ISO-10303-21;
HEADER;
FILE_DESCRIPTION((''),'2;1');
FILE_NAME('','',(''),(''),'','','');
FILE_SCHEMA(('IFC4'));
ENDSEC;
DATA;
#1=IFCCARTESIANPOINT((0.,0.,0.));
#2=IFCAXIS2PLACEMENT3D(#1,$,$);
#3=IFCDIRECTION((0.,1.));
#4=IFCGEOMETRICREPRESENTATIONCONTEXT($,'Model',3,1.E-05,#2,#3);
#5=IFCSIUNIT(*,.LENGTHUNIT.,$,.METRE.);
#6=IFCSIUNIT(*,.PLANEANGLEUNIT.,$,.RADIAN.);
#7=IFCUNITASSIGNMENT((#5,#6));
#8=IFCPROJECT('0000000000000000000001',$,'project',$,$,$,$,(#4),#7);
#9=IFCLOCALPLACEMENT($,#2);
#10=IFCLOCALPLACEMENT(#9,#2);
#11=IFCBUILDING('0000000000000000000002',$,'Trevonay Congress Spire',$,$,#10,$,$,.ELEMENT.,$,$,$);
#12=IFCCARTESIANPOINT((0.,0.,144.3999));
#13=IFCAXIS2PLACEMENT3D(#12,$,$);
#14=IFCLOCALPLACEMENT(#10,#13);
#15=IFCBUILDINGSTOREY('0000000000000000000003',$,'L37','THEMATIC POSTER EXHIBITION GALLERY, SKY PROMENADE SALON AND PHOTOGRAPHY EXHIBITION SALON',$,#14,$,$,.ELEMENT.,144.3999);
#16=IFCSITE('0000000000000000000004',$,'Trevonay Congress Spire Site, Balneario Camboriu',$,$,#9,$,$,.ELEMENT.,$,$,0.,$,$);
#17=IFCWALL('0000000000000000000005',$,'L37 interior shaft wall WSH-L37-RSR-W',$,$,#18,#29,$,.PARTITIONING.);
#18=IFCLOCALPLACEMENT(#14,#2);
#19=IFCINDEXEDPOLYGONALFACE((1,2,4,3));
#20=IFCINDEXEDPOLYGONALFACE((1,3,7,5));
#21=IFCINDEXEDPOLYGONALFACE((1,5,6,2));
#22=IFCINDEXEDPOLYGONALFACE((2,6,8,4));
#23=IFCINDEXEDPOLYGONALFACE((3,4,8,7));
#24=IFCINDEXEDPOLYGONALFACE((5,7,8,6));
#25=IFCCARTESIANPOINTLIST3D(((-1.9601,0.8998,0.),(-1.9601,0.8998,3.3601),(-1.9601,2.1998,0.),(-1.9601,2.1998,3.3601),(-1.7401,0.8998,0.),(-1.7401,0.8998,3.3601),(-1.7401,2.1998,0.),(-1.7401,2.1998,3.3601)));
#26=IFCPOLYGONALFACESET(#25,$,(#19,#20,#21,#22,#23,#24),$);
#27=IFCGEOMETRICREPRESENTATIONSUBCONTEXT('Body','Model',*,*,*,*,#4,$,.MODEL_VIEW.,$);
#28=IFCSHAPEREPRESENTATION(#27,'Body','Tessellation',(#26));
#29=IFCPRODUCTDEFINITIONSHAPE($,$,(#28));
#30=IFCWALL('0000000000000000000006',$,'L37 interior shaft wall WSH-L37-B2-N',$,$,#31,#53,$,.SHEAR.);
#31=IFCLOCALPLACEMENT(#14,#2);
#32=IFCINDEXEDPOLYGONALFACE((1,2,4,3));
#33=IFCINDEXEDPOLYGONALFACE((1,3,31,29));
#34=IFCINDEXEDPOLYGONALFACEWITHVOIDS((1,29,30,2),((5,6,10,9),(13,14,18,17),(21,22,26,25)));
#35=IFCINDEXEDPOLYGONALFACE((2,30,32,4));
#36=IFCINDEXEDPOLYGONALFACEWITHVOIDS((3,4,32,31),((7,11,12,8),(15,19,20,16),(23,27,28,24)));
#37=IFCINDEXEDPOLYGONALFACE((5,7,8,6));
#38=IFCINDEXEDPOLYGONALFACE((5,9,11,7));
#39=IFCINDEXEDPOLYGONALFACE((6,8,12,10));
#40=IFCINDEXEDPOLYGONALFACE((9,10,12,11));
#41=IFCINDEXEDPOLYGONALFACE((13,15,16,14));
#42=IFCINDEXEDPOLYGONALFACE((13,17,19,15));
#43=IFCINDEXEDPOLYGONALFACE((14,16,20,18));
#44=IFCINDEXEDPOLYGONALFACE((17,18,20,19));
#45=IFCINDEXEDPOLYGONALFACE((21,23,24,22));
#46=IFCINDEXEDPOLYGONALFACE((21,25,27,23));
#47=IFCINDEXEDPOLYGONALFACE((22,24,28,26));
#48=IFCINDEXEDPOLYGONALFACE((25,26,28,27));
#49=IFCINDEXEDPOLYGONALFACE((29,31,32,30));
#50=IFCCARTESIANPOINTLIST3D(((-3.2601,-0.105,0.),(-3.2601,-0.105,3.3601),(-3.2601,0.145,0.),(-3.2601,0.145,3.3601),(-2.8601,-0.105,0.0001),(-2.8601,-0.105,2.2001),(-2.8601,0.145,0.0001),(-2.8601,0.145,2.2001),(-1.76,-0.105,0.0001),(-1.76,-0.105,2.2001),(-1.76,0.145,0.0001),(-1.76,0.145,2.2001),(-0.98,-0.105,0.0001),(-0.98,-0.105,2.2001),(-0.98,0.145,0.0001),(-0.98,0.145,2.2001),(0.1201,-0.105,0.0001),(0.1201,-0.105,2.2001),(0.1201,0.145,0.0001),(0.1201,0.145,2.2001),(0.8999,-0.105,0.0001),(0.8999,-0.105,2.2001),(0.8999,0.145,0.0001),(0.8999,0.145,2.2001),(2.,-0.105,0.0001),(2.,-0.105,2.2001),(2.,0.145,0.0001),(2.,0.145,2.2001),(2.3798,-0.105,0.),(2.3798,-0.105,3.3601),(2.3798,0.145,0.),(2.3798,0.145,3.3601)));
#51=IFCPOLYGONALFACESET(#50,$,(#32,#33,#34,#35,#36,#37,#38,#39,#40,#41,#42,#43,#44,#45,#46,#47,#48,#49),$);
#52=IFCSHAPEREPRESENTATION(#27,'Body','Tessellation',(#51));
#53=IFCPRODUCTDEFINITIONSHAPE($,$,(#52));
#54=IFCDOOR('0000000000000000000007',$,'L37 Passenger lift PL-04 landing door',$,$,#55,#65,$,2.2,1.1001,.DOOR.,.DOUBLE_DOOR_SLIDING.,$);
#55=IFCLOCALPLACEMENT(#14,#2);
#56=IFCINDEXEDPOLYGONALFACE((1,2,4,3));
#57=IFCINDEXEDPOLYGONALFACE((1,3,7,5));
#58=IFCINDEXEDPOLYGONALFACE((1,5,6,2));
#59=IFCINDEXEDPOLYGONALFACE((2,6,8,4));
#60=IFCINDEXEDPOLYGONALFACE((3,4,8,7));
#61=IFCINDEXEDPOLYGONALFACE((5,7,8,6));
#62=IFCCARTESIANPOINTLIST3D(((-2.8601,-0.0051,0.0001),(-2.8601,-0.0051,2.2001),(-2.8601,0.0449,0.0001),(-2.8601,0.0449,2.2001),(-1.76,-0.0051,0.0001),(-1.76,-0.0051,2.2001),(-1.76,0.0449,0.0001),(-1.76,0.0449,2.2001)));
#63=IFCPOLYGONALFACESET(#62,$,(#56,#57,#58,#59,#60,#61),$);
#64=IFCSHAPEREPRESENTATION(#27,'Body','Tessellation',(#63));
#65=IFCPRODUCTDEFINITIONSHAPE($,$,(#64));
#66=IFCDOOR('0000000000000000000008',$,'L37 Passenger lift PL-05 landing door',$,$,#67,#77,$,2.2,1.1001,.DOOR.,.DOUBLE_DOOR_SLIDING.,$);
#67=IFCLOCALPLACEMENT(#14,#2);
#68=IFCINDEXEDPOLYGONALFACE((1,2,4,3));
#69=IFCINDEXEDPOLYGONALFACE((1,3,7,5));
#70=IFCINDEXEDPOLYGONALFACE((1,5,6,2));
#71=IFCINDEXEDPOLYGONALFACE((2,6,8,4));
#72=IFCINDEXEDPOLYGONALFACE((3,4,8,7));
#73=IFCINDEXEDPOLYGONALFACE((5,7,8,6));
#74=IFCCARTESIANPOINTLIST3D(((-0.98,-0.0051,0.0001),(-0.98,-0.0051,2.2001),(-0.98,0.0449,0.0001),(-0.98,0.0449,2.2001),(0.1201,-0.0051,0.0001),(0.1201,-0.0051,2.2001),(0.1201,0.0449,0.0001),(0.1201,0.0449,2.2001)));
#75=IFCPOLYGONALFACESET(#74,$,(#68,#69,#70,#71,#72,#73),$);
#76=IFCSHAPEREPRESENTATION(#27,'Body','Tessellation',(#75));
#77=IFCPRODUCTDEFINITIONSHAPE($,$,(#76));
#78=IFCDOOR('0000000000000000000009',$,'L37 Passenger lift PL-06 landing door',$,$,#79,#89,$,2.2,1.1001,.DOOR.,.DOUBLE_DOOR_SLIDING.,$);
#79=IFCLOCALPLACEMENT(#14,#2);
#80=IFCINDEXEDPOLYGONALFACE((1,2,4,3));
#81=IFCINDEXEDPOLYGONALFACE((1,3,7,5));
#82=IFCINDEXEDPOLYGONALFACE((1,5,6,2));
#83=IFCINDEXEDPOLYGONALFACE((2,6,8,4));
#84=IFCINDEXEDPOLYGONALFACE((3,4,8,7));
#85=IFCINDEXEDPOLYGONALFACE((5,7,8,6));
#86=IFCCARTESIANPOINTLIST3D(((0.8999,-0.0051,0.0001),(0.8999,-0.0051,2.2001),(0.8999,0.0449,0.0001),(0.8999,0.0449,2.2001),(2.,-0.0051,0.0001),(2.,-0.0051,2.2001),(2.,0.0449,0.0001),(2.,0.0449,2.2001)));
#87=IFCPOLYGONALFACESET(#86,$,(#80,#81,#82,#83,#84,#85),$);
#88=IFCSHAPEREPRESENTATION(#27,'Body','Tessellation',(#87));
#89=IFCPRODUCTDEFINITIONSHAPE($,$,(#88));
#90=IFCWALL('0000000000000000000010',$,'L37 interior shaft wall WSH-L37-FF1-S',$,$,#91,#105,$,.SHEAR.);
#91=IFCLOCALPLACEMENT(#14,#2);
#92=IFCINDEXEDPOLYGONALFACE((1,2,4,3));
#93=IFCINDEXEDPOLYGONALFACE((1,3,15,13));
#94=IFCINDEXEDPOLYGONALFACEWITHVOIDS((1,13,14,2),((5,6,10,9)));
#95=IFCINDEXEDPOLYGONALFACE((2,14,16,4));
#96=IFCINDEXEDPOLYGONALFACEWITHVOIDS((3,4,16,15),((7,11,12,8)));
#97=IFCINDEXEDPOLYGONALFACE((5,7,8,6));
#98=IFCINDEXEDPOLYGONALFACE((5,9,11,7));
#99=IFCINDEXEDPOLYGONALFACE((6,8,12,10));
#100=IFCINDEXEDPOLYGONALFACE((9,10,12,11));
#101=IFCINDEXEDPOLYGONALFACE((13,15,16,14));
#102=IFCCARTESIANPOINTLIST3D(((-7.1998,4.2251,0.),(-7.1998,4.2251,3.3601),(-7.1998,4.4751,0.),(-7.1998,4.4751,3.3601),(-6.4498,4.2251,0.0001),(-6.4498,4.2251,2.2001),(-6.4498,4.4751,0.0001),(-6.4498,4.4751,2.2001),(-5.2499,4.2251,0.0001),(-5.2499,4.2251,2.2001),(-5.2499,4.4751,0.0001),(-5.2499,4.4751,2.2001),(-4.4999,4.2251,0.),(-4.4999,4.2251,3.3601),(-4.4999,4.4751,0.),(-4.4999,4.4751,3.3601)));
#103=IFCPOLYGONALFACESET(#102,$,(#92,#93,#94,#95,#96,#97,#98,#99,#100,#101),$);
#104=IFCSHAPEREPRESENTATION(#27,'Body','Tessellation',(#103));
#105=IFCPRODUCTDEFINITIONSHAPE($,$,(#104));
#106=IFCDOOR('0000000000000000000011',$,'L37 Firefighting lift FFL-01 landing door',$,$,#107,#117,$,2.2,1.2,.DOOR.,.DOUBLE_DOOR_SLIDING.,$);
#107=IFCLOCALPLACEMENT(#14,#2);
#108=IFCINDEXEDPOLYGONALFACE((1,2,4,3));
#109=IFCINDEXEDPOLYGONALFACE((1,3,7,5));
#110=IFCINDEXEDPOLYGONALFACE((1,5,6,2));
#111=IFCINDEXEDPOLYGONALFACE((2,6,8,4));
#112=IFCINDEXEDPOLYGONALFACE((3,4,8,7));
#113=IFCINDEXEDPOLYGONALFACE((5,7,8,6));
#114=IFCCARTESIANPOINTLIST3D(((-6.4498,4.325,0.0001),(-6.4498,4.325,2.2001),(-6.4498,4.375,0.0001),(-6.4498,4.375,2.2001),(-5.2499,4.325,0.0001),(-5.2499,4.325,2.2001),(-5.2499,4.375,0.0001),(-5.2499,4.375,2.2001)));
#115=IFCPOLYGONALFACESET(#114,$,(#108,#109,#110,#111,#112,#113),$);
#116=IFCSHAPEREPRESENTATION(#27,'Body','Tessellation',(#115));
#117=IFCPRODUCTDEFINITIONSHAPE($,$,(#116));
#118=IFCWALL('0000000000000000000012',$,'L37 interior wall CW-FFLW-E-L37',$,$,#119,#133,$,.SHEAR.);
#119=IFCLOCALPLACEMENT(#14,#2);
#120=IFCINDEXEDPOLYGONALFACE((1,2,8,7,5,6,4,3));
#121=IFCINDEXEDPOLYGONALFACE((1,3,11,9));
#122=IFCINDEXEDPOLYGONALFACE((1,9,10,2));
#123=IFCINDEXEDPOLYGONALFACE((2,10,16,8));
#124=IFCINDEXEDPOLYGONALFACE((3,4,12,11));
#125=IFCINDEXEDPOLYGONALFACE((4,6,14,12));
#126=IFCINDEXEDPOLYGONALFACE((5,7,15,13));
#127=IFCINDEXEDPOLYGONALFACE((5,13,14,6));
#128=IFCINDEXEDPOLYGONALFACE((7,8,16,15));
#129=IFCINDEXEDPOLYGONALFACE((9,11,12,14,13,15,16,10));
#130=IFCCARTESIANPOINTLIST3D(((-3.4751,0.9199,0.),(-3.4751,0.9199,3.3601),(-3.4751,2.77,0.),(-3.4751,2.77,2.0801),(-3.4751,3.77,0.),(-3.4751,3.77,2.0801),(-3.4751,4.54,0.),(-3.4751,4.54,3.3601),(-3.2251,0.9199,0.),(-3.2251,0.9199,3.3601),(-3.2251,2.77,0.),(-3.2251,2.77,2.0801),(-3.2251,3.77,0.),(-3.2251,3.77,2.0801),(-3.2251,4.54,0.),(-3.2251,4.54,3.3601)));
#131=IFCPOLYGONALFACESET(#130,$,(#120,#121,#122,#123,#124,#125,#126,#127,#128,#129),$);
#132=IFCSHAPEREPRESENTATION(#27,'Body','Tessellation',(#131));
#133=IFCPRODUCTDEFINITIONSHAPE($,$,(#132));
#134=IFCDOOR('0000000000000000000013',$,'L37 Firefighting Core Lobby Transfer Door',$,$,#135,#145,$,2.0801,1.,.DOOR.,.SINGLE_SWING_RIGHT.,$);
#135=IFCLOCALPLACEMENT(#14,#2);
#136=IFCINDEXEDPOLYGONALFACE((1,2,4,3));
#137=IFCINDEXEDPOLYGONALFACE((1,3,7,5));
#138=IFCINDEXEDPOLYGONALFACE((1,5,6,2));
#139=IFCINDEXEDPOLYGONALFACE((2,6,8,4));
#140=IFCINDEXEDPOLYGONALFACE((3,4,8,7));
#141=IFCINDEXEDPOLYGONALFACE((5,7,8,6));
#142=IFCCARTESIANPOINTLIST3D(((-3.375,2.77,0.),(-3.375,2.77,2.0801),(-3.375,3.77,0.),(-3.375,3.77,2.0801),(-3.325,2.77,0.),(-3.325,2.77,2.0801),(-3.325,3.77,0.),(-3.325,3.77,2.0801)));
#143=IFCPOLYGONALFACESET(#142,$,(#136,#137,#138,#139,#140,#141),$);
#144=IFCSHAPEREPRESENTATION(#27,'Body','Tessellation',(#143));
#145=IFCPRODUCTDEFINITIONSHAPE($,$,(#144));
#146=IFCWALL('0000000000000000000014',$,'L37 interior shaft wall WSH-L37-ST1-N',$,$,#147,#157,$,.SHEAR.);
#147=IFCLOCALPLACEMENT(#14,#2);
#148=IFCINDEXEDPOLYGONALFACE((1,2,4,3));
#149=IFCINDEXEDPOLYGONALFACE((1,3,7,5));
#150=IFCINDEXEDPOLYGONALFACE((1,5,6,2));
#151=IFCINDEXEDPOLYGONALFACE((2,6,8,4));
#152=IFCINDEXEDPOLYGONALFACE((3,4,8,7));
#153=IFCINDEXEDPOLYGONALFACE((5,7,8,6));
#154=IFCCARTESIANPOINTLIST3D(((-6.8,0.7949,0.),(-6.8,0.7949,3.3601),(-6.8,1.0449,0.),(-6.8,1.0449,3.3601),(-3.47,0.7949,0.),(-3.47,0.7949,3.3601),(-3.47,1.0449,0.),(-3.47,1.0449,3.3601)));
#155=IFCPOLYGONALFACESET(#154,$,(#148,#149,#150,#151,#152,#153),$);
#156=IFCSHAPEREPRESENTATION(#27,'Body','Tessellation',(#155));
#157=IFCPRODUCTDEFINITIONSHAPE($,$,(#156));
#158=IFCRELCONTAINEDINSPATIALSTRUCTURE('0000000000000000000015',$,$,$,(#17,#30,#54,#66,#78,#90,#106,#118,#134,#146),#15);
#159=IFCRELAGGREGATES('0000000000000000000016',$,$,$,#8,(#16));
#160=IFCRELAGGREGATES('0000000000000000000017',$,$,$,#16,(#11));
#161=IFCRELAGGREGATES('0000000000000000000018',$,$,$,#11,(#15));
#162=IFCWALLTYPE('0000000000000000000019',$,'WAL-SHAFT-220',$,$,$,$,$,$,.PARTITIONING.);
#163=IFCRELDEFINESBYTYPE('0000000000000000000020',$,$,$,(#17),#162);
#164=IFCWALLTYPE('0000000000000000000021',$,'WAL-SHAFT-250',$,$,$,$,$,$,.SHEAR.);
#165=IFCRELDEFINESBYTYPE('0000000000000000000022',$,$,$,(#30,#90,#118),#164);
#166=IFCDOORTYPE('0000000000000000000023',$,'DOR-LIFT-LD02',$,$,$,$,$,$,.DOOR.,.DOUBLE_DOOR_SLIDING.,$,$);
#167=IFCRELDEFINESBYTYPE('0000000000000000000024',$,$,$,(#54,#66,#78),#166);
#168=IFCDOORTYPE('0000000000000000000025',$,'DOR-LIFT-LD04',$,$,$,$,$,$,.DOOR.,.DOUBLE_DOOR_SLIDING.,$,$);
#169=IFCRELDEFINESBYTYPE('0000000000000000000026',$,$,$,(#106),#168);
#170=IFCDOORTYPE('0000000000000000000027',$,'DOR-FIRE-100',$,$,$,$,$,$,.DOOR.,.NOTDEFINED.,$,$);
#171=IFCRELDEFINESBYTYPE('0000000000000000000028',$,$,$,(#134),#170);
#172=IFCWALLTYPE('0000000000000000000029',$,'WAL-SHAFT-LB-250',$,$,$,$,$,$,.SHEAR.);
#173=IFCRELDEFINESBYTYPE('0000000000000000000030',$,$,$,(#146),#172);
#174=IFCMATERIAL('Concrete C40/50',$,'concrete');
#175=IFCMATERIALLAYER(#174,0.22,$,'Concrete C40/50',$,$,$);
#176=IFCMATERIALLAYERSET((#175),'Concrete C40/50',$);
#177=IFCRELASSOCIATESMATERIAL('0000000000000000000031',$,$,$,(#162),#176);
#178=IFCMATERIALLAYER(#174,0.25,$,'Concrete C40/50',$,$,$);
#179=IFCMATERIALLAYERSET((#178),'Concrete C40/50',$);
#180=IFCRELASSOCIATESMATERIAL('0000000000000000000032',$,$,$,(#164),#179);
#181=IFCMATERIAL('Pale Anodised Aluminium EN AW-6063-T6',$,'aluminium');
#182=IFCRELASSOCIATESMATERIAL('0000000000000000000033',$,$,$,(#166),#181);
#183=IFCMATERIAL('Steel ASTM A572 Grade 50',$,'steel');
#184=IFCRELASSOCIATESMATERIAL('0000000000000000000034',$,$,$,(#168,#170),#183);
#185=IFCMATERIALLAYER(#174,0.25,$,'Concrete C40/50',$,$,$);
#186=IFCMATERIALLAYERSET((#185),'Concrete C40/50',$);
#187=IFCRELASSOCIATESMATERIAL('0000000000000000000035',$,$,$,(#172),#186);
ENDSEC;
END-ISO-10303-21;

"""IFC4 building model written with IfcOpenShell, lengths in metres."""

from ifc_helpers import new_model, si_unit, direction, frame, frame_2d, origin, place, context, subcontext, project, spatial, rectangle, extrude, material, layer, layer_set, type_object, element, fill, save


model = new_model("IFC4")

# Units and contexts
model_context = context("Model", 3, precision=1e-05, world=origin(), true_north=direction((0.0, 1.0)))
body_context = subcontext(model_context, "Body", "Model", "MODEL_VIEW")
ifc_project = project(units=[si_unit("LENGTHUNIT", "METRE"), si_unit("PLANEANGLEUNIT", "RADIAN")], contexts=[model_context])

# Site, building, storey
site_placement = place(None, origin())
site = spatial("IfcSite", under=ifc_project, at=site_placement, Name="Trevonay Congress Spire Site, Balneario Camboriu", CompositionType="ELEMENT", RefElevation=0.0)
building_placement = place(site_placement, origin())
building = spatial("IfcBuilding", under=site, at=building_placement, Name="Trevonay Congress Spire", CompositionType="ELEMENT")
storey_placement = place(building_placement, frame((0.0, 0.0, 144.3999)))
storey = spatial("IfcBuildingStorey", under=building, at=storey_placement, Name="L37", Description="THEMATIC POSTER EXHIBITION GALLERY, SKY PROMENADE SALON AND PHOTOGRAPHY EXHIBITION SALON", CompositionType="ELEMENT", Elevation=144.3999)

# Shared definitions
ifc_material_1 = material(Name="Steel ASTM A572 Grade 50", Category="steel")

# Shared definitions
ifc_material_2 = material(Name="Concrete C40/50", Category="concrete")

# Wall
ifc_layer_1 = layer(ifc_material_2, 0.22, Name="Concrete C40/50")
ifc_layer_set_1 = layer_set([ifc_layer_1], Name="Concrete C40/50")
wall_type_1 = type_object("IfcWallType", Name="WAL-SHAFT-220", PredefinedType="PARTITIONING", material=ifc_layer_set_1)
for number, where, z_axis, x_axis, name in (
    (1, (-1.8501, 0.8999, 0.0), (0.0, 0.0, 1.0), (0.0, 1.0, 0.0), "L37 interior shaft wall WSH-L37-RSR-W"),
):
    element("IfcWall", number, at=place(storey_placement, frame(where, z_axis=z_axis, x_axis=x_axis)), inside=storey, type_object=wall_type_1, Name=name, PredefinedType="PARTITIONING", context=body_context, shape_type="SweptSolid", body=[
        extrude(rectangle(XDim=1.3, YDim=0.22, at=frame_2d((0.6499, 0.0))), origin(), (0.0, 0.0, 1.0), 3.3601),
    ])

# Wall, openings, doors
ifc_layer_2 = layer(ifc_material_2, 0.25, Name="Concrete C40/50")
ifc_layer_set_2 = layer_set([ifc_layer_2], Name="Concrete C40/50")
wall_type_2 = type_object("IfcWallType", Name="WAL-SHAFT-250", PredefinedType="SHEAR", material=ifc_layer_set_2)
wall_1_placement = place(storey_placement, frame((-3.26, 0.02, 0.0), z_axis=(0.0, 0.0, 1.0), x_axis=(1.0, 0.0, 0.0)))
wall_1 = element("IfcWall", 2, at=wall_1_placement, inside=storey, type_object=wall_type_2, Name="L37 interior shaft wall WSH-L37-B2-N", PredefinedType="SHEAR", context=body_context, shape_type="SweptSolid", body=[
    extrude(rectangle(XDim=5.6399, YDim=0.25, at=frame_2d((2.8198, 0.0))), origin(), (0.0, 0.0, 1.0), 3.3601),
])
opening_1_placement = place(wall_1_placement, frame((0.3999, 0.0, 0.0)))
opening_1 = element("IfcOpeningElement", 3, at=opening_1_placement, cuts=wall_1, PredefinedType="OPENING", context=body_context, shape_type="SweptSolid", body=[
    extrude(rectangle(XDim=1.1001, YDim=2.2, at=frame_2d((0.55, 1.1001))), frame((0.0, 0.135, 0.0), z_axis=(0.0, -1.0, 0.0), x_axis=(1.0, 0.0, 0.0)), (0.0, 0.0, 1.0), 0.27),
])
opening_2_placement = place(wall_1_placement, frame((2.28, 0.0, 0.0)))
opening_2 = element("IfcOpeningElement", 4, at=opening_2_placement, cuts=wall_1, PredefinedType="OPENING", context=body_context, shape_type="SweptSolid", body=[
    extrude(rectangle(XDim=1.1001, YDim=2.2, at=frame_2d((0.55, 1.1001))), frame((0.0, 0.135, 0.0), z_axis=(0.0, -1.0, 0.0), x_axis=(1.0, 0.0, 0.0)), (0.0, 0.0, 1.0), 0.27),
])
opening_3_placement = place(wall_1_placement, frame((4.1599, 0.0, 0.0)))
opening_3 = element("IfcOpeningElement", 5, at=opening_3_placement, cuts=wall_1, PredefinedType="OPENING", context=body_context, shape_type="SweptSolid", body=[
    extrude(rectangle(XDim=1.1001, YDim=2.2, at=frame_2d((0.55, 1.1001))), frame((0.0, 0.135, 0.0), z_axis=(0.0, -1.0, 0.0), x_axis=(1.0, 0.0, 0.0)), (0.0, 0.0, 1.0), 0.27),
])
ifc_material_3 = material(Name="Pale Anodised Aluminium EN AW-6063-T6", Category="aluminium")
door_type_1 = type_object("IfcDoorType", Name="DOR-LIFT-LD02", OperationType="DOUBLE_DOOR_SLIDING", PredefinedType="DOOR", material=ifc_material_3)
door_1_placement = place(opening_1_placement, origin())
door_1 = element("IfcDoor", 6, at=door_1_placement, inside=storey, type_object=door_type_1, Name="L37 Passenger lift PL-04 landing door", OperationType="DOUBLE_DOOR_SLIDING", OverallHeight=2.2, OverallWidth=1.1001, PredefinedType="DOOR", context=body_context, shape_type="SweptSolid", body=[
    extrude(rectangle(XDim=1.1001, YDim=2.2, at=frame_2d((0.55, 1.1001))), frame((0.0, 0.0249, 0.0), z_axis=(0.0, -1.0, 0.0), x_axis=(1.0, 0.0, 0.0)), (0.0, 0.0, 1.0), 0.05),
])
fill(opening_1, door_1)
door_2_placement = place(opening_2_placement, origin())
door_2 = element("IfcDoor", 7, at=door_2_placement, inside=storey, type_object=door_type_1, Name="L37 Passenger lift PL-05 landing door", OperationType="DOUBLE_DOOR_SLIDING", OverallHeight=2.2, OverallWidth=1.1001, PredefinedType="DOOR", context=body_context, shape_type="SweptSolid", body=[
    extrude(rectangle(XDim=1.1001, YDim=2.2, at=frame_2d((0.55, 1.1001))), frame((0.0, 0.0249, 0.0), z_axis=(0.0, -1.0, 0.0), x_axis=(1.0, 0.0, 0.0)), (0.0, 0.0, 1.0), 0.05),
])
fill(opening_2, door_2)
door_3_placement = place(opening_3_placement, origin())
door_3 = element("IfcDoor", 8, at=door_3_placement, inside=storey, type_object=door_type_1, Name="L37 Passenger lift PL-06 landing door", OperationType="DOUBLE_DOOR_SLIDING", OverallHeight=2.2, OverallWidth=1.1001, PredefinedType="DOOR", context=body_context, shape_type="SweptSolid", body=[
    extrude(rectangle(XDim=1.1001, YDim=2.2, at=frame_2d((0.55, 1.1001))), frame((0.0, 0.0249, 0.0), z_axis=(0.0, -1.0, 0.0), x_axis=(1.0, 0.0, 0.0)), (0.0, 0.0, 1.0), 0.05),
])
fill(opening_3, door_3)

# Walls, openings, doors
wall_2_placement = place(storey_placement, frame((-7.2, 4.3501, 0.0), z_axis=(0.0, 0.0, 1.0), x_axis=(1.0, 0.0, 0.0)))
wall_2 = element("IfcWall", 9, at=wall_2_placement, inside=storey, type_object=wall_type_2, Name="L37 interior shaft wall WSH-L37-FF1-S", PredefinedType="SHEAR", context=body_context, shape_type="SweptSolid", body=[
    extrude(rectangle(XDim=2.7, YDim=0.25, at=frame_2d((1.3501, 0.0))), origin(), (0.0, 0.0, 1.0), 3.3601),
])
opening_4_placement = place(wall_2_placement, frame((0.75, 0.0, 0.0)))
opening_4 = element("IfcOpeningElement", 10, at=opening_4_placement, cuts=wall_2, PredefinedType="OPENING", context=body_context, shape_type="SweptSolid", body=[
    extrude(rectangle(XDim=1.2, YDim=2.2, at=frame_2d((0.6001, 1.1001))), frame((0.0, 0.135, 0.0), z_axis=(0.0, -1.0, 0.0), x_axis=(1.0, 0.0, 0.0)), (0.0, 0.0, 1.0), 0.27),
])
door_type_2 = type_object("IfcDoorType", Name="DOR-LIFT-LD04", OperationType="DOUBLE_DOOR_SLIDING", PredefinedType="DOOR", material=ifc_material_1)
door_4_placement = place(opening_4_placement, origin())
door_4 = element("IfcDoor", 11, at=door_4_placement, inside=storey, type_object=door_type_2, Name="L37 Firefighting lift FFL-01 landing door", OperationType="DOUBLE_DOOR_SLIDING", OverallHeight=2.2, OverallWidth=1.2, PredefinedType="DOOR", context=body_context, shape_type="SweptSolid", body=[
    extrude(rectangle(XDim=1.2, YDim=2.2, at=frame_2d((0.6001, 1.1001))), frame((0.0, 0.0249, 0.0), z_axis=(0.0, -1.0, 0.0), x_axis=(1.0, 0.0, 0.0)), (0.0, 0.0, 1.0), 0.05),
])
fill(opening_4, door_4)
wall_3_placement = place(storey_placement, frame((-3.3501, 0.9199, 0.0), z_axis=(0.0, 0.0, 1.0), x_axis=(0.0, 1.0, 0.0)))
wall_3 = element("IfcWall", 12, at=wall_3_placement, inside=storey, type_object=wall_type_2, Name="L37 interior wall CW-FFLW-E-L37", PredefinedType="SHEAR", context=body_context, shape_type="SweptSolid", body=[
    extrude(rectangle(XDim=3.6201, YDim=0.25, at=frame_2d((1.8101, 0.0))), origin(), (0.0, 0.0, 1.0), 3.3601),
])
opening_5_placement = place(wall_3_placement, frame((1.8501, 0.0, 0.0)))
opening_5 = element("IfcOpeningElement", 13, at=opening_5_placement, cuts=wall_3, PredefinedType="OPENING", context=body_context, shape_type="SweptSolid", body=[
    extrude(rectangle(XDim=1.0, YDim=2.0801, at=frame_2d((0.5, 1.04))), frame((0.0, 0.135, 0.0), z_axis=(0.0, -1.0, 0.0), x_axis=(1.0, 0.0, 0.0)), (0.0, 0.0, 1.0), 0.27),
])
door_type_3 = type_object("IfcDoorType", Name="DOR-FIRE-100", OperationType="NOTDEFINED", PredefinedType="DOOR", material=ifc_material_1)
door_5_placement = place(opening_5_placement, origin())
door_5 = element("IfcDoor", 14, at=door_5_placement, inside=storey, type_object=door_type_3, Name="L37 Firefighting Core Lobby Transfer Door", OperationType="SINGLE_SWING_RIGHT", OverallHeight=2.0801, OverallWidth=1.0, PredefinedType="DOOR", context=body_context, shape_type="SweptSolid", body=[
    extrude(rectangle(XDim=1.0, YDim=2.0801, at=frame_2d((0.5, 1.04))), frame((0.0, 0.0249, 0.0), z_axis=(0.0, -1.0, 0.0), x_axis=(1.0, 0.0, 0.0)), (0.0, 0.0, 1.0), 0.05),
])
fill(opening_5, door_5)

# Wall
ifc_layer_3 = layer(ifc_material_2, 0.25, Name="Concrete C40/50")
ifc_layer_set_3 = layer_set([ifc_layer_3], Name="Concrete C40/50")
wall_type_3 = type_object("IfcWallType", Name="WAL-SHAFT-LB-250", PredefinedType="SHEAR", material=ifc_layer_set_3)
wall_4_placement = place(storey_placement, frame((-6.8, 0.9199, 0.0), z_axis=(0.0, 0.0, 1.0), x_axis=(1.0, 0.0, 0.0)))
element("IfcWall", 15, at=wall_4_placement, inside=storey, type_object=wall_type_3, Name="L37 interior shaft wall WSH-L37-ST1-N", PredefinedType="SHEAR", context=body_context, shape_type="SweptSolid", body=[
    extrude(rectangle(XDim=3.3301, YDim=0.25, at=frame_2d((1.665, 0.0))), origin(), (0.0, 0.0, 1.0), 3.3601),
])

save(model, "model.ifc")
